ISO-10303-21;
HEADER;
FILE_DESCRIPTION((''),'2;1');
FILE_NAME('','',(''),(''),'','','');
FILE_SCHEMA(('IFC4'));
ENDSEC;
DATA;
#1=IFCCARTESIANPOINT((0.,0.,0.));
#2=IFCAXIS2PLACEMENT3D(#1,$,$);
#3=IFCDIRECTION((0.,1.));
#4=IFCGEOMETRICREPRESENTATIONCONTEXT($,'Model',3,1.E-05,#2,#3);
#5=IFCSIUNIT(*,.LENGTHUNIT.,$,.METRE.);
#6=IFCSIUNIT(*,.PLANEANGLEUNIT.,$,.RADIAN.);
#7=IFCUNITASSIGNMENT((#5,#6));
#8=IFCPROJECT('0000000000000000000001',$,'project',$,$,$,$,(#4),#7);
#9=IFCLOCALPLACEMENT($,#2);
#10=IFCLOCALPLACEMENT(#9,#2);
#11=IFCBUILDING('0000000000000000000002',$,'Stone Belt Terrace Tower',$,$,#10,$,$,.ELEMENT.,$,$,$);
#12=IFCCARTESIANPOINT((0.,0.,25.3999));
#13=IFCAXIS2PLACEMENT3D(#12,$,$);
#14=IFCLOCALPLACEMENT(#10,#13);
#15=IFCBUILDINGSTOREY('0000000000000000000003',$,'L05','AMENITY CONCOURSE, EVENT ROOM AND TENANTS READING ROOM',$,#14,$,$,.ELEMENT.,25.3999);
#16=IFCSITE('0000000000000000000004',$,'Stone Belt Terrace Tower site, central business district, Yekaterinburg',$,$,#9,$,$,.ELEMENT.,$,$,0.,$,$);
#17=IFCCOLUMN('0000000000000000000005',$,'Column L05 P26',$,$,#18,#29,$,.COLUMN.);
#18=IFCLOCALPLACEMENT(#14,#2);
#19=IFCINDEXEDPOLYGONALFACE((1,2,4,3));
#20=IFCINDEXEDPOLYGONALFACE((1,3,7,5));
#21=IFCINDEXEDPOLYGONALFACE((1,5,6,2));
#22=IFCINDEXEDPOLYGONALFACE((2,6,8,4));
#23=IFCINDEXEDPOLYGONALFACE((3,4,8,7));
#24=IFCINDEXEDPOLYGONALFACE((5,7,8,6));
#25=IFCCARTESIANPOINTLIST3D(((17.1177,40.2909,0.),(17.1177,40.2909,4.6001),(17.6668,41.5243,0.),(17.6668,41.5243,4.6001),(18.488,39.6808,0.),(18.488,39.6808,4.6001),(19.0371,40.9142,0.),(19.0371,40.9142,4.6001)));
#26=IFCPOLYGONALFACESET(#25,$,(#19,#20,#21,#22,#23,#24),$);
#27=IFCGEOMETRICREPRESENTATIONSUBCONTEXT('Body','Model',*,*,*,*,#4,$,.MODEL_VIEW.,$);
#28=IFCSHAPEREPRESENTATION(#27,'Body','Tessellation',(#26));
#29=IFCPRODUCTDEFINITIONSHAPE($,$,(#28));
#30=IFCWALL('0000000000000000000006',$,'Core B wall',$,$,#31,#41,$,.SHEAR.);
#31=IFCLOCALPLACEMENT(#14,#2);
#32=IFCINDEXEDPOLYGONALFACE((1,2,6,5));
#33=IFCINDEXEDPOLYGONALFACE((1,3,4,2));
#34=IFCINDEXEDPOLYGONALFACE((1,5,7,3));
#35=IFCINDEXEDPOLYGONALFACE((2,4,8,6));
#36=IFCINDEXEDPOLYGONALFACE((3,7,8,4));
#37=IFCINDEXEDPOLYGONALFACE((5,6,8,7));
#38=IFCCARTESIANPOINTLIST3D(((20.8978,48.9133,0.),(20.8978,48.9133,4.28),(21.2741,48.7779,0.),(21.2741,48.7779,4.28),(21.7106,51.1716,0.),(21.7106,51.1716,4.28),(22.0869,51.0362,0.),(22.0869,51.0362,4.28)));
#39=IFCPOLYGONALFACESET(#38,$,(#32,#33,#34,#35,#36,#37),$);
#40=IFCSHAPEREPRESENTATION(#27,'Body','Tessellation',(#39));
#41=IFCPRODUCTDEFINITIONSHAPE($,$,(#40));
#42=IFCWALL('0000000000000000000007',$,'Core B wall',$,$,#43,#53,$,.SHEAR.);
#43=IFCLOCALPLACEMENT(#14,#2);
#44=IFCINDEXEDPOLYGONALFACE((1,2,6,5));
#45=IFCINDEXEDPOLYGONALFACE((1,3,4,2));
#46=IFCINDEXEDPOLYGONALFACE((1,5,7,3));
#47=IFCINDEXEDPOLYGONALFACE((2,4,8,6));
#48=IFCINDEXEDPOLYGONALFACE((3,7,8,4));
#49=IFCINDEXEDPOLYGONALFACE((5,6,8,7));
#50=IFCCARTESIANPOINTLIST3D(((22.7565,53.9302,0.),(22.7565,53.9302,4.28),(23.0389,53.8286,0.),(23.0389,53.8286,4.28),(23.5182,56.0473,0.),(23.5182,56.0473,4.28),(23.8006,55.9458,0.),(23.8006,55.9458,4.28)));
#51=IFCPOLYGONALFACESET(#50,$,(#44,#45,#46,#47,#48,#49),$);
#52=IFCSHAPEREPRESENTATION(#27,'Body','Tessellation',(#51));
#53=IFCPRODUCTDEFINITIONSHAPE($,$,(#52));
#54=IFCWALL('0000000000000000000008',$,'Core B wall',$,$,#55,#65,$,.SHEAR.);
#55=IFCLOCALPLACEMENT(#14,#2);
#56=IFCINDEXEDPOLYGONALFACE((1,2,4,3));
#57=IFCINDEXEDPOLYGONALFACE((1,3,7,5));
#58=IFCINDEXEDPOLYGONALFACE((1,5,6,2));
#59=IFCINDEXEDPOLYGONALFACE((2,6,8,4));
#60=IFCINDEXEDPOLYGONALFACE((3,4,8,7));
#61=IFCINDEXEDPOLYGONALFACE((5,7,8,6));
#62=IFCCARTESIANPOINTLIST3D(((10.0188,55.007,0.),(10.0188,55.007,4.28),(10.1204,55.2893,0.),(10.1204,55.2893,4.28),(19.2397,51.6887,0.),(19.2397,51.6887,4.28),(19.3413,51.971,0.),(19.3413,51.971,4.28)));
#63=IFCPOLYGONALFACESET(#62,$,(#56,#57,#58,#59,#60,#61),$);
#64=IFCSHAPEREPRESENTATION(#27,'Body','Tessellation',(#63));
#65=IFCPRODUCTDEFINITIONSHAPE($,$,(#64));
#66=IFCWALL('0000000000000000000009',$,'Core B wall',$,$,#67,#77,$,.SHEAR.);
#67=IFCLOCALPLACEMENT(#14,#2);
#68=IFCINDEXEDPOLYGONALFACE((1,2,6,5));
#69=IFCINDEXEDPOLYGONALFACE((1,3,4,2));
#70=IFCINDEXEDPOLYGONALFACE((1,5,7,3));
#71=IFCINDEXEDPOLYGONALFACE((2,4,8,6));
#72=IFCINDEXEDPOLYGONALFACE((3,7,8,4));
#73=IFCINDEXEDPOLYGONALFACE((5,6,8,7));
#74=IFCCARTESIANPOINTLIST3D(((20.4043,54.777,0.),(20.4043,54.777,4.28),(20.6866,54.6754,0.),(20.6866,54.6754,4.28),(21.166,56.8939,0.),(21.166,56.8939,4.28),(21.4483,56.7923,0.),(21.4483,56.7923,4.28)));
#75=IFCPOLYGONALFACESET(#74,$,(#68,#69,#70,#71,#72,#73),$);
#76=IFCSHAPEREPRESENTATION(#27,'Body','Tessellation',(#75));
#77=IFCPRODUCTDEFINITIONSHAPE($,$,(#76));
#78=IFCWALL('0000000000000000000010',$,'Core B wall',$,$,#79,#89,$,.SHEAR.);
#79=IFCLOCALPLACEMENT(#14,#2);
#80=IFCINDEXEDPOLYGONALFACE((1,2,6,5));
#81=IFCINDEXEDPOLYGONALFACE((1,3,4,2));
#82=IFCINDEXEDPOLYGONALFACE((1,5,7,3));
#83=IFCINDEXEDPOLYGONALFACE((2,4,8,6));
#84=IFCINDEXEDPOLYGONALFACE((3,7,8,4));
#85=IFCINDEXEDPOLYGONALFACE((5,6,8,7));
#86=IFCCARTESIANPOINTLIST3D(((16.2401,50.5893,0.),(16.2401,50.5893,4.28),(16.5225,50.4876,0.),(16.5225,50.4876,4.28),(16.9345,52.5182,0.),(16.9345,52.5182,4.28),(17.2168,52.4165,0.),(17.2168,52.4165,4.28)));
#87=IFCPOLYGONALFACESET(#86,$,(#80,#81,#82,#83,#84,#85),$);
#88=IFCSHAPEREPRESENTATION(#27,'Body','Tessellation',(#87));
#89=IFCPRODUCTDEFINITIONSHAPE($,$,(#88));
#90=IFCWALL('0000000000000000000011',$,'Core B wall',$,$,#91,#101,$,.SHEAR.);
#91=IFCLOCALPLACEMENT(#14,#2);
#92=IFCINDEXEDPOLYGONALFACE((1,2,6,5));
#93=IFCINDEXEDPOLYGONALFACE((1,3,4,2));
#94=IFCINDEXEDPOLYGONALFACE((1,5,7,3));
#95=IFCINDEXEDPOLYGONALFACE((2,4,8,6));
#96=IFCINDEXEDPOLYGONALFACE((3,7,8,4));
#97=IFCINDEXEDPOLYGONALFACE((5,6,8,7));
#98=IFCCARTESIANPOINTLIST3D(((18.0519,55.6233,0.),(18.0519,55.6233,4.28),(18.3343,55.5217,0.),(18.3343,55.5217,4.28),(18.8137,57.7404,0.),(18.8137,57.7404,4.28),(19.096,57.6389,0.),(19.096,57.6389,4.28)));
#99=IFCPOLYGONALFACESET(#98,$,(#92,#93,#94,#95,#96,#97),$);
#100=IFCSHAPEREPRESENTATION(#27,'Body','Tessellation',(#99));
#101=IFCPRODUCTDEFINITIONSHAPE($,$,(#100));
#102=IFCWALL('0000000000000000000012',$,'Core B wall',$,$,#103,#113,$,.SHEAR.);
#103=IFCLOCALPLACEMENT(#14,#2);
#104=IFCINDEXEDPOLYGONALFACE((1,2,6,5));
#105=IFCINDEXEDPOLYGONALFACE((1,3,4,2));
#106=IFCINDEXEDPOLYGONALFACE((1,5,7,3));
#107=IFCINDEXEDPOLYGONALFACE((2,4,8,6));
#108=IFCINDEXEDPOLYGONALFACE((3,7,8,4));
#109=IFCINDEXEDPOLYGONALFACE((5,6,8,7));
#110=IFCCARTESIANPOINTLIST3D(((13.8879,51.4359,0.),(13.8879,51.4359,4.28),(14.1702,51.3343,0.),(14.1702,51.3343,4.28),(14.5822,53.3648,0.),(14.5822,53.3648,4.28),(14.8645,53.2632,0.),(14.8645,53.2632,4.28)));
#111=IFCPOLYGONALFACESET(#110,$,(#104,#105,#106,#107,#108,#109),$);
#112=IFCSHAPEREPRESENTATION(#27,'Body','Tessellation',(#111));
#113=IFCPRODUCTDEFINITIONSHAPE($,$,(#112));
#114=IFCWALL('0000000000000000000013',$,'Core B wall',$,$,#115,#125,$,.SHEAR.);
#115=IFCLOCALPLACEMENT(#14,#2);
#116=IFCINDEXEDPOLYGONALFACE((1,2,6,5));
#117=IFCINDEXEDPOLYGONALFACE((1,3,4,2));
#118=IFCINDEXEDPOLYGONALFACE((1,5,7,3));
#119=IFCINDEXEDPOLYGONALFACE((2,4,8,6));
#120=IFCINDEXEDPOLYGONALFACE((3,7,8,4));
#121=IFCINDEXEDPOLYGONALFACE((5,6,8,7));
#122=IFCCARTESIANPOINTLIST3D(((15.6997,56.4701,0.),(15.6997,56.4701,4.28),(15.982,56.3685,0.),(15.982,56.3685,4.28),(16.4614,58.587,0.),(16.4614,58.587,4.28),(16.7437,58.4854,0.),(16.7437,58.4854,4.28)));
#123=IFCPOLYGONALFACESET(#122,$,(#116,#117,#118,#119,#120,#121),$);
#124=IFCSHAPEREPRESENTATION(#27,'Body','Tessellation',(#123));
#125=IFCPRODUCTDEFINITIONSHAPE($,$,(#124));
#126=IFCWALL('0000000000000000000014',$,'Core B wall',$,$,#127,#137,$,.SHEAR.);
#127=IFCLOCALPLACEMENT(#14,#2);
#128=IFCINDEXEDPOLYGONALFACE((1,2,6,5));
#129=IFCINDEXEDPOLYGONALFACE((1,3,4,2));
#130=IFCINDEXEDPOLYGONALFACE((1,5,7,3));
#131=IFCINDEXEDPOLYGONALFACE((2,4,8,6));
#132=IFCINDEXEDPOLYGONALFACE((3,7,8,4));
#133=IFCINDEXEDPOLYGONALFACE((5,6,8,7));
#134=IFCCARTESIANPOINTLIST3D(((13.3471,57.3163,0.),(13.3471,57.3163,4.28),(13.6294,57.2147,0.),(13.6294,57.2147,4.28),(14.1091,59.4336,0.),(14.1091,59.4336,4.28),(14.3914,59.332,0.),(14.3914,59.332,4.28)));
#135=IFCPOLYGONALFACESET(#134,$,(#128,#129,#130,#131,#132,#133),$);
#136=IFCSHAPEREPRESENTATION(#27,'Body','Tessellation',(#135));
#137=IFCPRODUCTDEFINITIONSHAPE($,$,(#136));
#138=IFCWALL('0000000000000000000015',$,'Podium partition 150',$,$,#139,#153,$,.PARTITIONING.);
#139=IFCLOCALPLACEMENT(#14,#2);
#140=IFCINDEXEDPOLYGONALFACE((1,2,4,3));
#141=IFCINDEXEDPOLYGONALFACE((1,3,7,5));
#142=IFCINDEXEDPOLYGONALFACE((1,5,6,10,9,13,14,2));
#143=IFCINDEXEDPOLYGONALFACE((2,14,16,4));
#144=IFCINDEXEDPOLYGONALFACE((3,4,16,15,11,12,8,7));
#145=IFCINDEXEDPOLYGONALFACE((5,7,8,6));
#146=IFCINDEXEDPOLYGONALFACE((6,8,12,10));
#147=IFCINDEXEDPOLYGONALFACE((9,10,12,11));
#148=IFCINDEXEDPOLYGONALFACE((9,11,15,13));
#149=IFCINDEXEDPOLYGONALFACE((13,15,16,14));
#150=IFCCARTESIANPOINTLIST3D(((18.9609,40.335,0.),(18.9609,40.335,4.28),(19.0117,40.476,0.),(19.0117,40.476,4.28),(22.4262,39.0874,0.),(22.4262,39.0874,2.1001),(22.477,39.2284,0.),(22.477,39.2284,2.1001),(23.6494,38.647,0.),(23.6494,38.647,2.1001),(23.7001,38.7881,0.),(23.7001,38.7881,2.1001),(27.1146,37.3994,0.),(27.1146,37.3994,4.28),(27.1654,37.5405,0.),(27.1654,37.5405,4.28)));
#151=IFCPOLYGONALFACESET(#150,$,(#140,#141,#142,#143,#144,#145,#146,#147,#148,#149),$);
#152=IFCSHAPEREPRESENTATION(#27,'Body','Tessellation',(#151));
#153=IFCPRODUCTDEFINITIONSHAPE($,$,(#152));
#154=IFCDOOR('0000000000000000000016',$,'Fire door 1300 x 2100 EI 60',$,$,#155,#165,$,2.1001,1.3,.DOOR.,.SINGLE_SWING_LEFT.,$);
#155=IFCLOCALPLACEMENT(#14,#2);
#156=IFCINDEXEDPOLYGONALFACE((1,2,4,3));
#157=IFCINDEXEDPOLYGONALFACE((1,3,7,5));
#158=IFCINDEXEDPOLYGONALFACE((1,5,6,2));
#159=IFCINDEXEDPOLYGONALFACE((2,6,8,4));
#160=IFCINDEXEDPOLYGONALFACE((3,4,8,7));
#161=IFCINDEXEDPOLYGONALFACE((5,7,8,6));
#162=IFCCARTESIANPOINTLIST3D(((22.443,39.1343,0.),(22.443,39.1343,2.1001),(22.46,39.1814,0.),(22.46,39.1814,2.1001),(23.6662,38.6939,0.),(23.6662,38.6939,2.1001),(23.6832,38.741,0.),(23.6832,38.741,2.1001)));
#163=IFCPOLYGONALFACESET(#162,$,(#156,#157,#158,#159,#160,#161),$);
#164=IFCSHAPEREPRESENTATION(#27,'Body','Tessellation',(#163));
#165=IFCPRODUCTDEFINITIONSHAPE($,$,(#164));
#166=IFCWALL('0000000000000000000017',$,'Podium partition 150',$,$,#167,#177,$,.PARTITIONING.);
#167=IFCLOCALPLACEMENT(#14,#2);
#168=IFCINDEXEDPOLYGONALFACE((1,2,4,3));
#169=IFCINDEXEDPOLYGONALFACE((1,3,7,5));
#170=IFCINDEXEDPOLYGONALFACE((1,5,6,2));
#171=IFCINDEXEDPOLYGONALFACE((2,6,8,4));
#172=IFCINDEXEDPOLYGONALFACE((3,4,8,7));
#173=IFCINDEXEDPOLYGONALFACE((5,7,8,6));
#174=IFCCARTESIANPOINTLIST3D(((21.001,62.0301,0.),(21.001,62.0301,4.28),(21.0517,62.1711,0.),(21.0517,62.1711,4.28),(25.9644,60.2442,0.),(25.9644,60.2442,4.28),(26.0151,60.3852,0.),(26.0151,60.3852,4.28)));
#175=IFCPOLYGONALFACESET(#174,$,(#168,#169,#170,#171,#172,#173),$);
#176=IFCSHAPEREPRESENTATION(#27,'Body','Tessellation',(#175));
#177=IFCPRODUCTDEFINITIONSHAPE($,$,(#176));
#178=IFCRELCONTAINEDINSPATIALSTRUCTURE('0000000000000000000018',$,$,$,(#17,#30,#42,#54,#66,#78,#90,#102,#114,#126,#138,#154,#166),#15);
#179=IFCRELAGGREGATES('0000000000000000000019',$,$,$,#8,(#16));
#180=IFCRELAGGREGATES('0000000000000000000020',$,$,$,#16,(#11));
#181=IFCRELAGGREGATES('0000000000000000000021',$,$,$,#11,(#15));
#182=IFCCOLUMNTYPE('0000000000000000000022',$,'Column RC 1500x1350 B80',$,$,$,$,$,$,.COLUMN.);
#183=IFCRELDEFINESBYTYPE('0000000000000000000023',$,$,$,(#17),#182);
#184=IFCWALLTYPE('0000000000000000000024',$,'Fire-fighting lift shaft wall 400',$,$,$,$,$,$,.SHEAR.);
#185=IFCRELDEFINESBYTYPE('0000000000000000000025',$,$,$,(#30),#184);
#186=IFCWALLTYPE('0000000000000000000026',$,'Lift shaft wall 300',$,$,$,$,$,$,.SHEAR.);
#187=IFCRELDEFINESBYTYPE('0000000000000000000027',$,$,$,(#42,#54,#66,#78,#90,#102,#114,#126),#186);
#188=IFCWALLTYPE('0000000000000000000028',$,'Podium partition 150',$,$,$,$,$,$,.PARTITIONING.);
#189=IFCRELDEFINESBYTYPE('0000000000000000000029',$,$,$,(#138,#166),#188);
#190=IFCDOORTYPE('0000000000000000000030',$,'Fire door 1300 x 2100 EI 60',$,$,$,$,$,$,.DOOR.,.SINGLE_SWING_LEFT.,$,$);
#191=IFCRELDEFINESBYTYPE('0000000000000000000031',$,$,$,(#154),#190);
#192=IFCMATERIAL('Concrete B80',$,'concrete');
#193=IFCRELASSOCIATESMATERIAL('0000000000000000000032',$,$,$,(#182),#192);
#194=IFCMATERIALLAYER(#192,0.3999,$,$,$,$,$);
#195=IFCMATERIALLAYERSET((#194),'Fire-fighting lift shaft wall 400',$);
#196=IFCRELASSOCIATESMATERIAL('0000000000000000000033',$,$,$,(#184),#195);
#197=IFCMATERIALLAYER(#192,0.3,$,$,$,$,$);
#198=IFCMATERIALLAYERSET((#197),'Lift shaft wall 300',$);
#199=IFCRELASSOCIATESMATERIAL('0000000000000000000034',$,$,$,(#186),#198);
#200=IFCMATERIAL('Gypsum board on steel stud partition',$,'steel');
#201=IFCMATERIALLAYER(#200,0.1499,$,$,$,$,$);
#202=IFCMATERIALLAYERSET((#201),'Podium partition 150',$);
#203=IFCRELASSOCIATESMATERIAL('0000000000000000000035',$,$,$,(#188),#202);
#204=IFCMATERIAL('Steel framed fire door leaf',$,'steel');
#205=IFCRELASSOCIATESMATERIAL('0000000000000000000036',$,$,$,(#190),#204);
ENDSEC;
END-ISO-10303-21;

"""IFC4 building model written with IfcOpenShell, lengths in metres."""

from ifc_helpers import new_model, si_unit, direction, frame, frame_2d, origin, origin_2d, place, context, subcontext, project, spatial, rectangle, extrude, material, layer, layer_set, material_profile, profile_set, type_object, element, fill, save


model = new_model("IFC4")

# Units and contexts
model_context = context("Model", 3, precision=1e-05, world=origin(), true_north=direction((0.0, 1.0)))
body_context = subcontext(model_context, "Body", "Model", "MODEL_VIEW")
ifc_project = project(units=[si_unit("LENGTHUNIT", "METRE"), si_unit("PLANEANGLEUNIT", "RADIAN")], contexts=[model_context])

# Site, building, storey
site_placement = place(None, origin())
site = spatial("IfcSite", under=ifc_project, at=site_placement, Name="Stone Belt Terrace Tower site, central business district, Yekaterinburg", CompositionType="ELEMENT", RefElevation=0.0)
building_placement = place(site_placement, origin())
building = spatial("IfcBuilding", under=site, at=building_placement, Name="Stone Belt Terrace Tower", CompositionType="ELEMENT")
storey_placement = place(building_placement, frame((0.0, 0.0, 25.3999)))
storey = spatial("IfcBuildingStorey", under=building, at=storey_placement, Name="L05", Description="AMENITY CONCOURSE, EVENT ROOM AND TENANTS READING ROOM", CompositionType="ELEMENT", Elevation=25.3999)

# Column
ifc_material_1 = material(Name="Concrete B80", Category="concrete")
ifc_material_profile = material_profile(ifc_material_1, rectangle(XDim=1.5, YDim=1.3501, at=origin_2d()), Name="RC 1500x1350")
ifc_profile_set = profile_set([ifc_material_profile], Name="Concrete B80")
column_type = type_object("IfcColumnType", Name="Column RC 1500x1350 B80", PredefinedType="COLUMN", material=ifc_profile_set)
column_placement = place(storey_placement, frame((18.0774, 40.6025, 0.0), z_axis=(0.0, 0.0, 1.0), x_axis=(0.913545, -0.406737, 0.0)))
element("IfcColumn", 1, at=column_placement, inside=storey, type_object=column_type, Name="Column L05 P26", PredefinedType="COLUMN", context=body_context, shape_type="SweptSolid", body=[
    extrude(rectangle(XDim=1.5, YDim=1.3501, at=origin_2d()), origin(), (0.0, 0.0, 1.0), 4.6001),
])

# Walls
ifc_layer_1 = layer(ifc_material_1, 0.3999)
ifc_layer_set_1 = layer_set([ifc_layer_1], Name="Fire-fighting lift shaft wall 400")
wall_type_1 = type_object("IfcWallType", Name="Fire-fighting lift shaft wall 400", PredefinedType="SHEAR", material=ifc_layer_set_1)
wall_1_placement = place(storey_placement, frame((21.0859, 48.8455, 0.0), z_axis=(0.0, 0.0, 1.0), x_axis=(0.338629, 0.94092, 0.0)))
element("IfcWall", 2, at=wall_1_placement, inside=storey, type_object=wall_type_1, Name="Core B wall", PredefinedType="SHEAR", context=body_context, shape_type="SweptSolid", body=[
    extrude(rectangle(XDim=2.4001, YDim=0.3999, at=frame_2d((1.2002, 0.0))), origin(), (0.0, 0.0, 1.0), 4.28),
])
ifc_layer_2 = layer(ifc_material_1, 0.3)
ifc_layer_set_2 = layer_set([ifc_layer_2], Name="Lift shaft wall 300")
wall_type_2 = type_object("IfcWallType", Name="Lift shaft wall 300", PredefinedType="SHEAR", material=ifc_layer_set_2)
wall_2_placement = place(storey_placement, frame((22.8977, 53.8794, 0.0), z_axis=(0.0, 0.0, 1.0), x_axis=(0.338535, 0.940954, 0.0)))
element("IfcWall", 3, at=wall_2_placement, inside=storey, type_object=wall_type_2, Name="Core B wall", PredefinedType="SHEAR", context=body_context, shape_type="SweptSolid", body=[
    extrude(rectangle(XDim=2.25, YDim=0.3, at=frame_2d((1.125, 0.0))), origin(), (0.0, 0.0, 1.0), 4.28),
])
wall_3_placement = place(storey_placement, frame((19.2905, 51.8298, 0.0), z_axis=(0.0, 0.0, 1.0), x_axis=(-0.940926, 0.338613, 0.0)))
element("IfcWall", 4, at=wall_3_placement, inside=storey, type_object=wall_type_2, Name="Core B wall", PredefinedType="SHEAR", context=body_context, shape_type="SweptSolid", body=[
    extrude(rectangle(XDim=9.7998, YDim=0.3, at=frame_2d((4.8999, 0.0))), origin(), (0.0, 0.0, 1.0), 4.28),
])
wall_4_placement = place(storey_placement, frame((20.5454, 54.7261, 0.0), z_axis=(0.0, 0.0, 1.0), x_axis=(0.33857, 0.940941, 0.0)))
element("IfcWall", 5, at=wall_4_placement, inside=storey, type_object=wall_type_2, Name="Core B wall", PredefinedType="SHEAR", context=body_context, shape_type="SweptSolid", body=[
    extrude(rectangle(XDim=2.2498, YDim=0.3, at=frame_2d((1.125, 0.0))), origin(), (0.0, 0.0, 1.0), 4.28),
])
wall_5_placement = place(storey_placement, frame((16.3813, 50.5386, 0.0), z_axis=(0.0, 0.0, 1.0), x_axis=(0.338682, 0.940901, 0.0)))
element("IfcWall", 6, at=wall_5_placement, inside=storey, type_object=wall_type_2, Name="Core B wall", PredefinedType="SHEAR", context=body_context, shape_type="SweptSolid", body=[
    extrude(rectangle(XDim=2.05, YDim=0.3, at=frame_2d((1.0249, 0.0))), origin(), (0.0, 0.0, 1.0), 4.28),
])
wall_6_placement = place(storey_placement, frame((18.1931, 55.5725, 0.0), z_axis=(0.0, 0.0, 1.0), x_axis=(0.338535, 0.940954, 0.0)))
element("IfcWall", 7, at=wall_6_placement, inside=storey, type_object=wall_type_2, Name="Core B wall", PredefinedType="SHEAR", context=body_context, shape_type="SweptSolid", body=[
    extrude(rectangle(XDim=2.25, YDim=0.3, at=frame_2d((1.125, 0.0))), origin(), (0.0, 0.0, 1.0), 4.28),
])
wall_7_placement = place(storey_placement, frame((14.0291, 51.3853, 0.0), z_axis=(0.0, 0.0, 1.0), x_axis=(0.338682, 0.940901, 0.0)))
element("IfcWall", 8, at=wall_7_placement, inside=storey, type_object=wall_type_2, Name="Core B wall", PredefinedType="SHEAR", context=body_context, shape_type="SweptSolid", body=[
    extrude(rectangle(XDim=2.05, YDim=0.3, at=frame_2d((1.0249, 0.0))), origin(), (0.0, 0.0, 1.0), 4.28),
])
wall_8_placement = place(storey_placement, frame((15.8408, 56.4192, 0.0), z_axis=(0.0, 0.0, 1.0), x_axis=(0.33857, 0.940941, 0.0)))
element("IfcWall", 9, at=wall_8_placement, inside=storey, type_object=wall_type_2, Name="Core B wall", PredefinedType="SHEAR", context=body_context, shape_type="SweptSolid", body=[
    extrude(rectangle(XDim=2.2498, YDim=0.3, at=frame_2d((1.125, 0.0))), origin(), (0.0, 0.0, 1.0), 4.28),
])
wall_9_placement = place(storey_placement, frame((13.4883, 57.2656, 0.0), z_axis=(0.0, 0.0, 1.0), x_axis=(0.338631, 0.940919, 0.0)))
element("IfcWall", 10, at=wall_9_placement, inside=storey, type_object=wall_type_2, Name="Core B wall", PredefinedType="SHEAR", context=body_context, shape_type="SweptSolid", body=[
    extrude(rectangle(XDim=2.2502, YDim=0.3, at=frame_2d((1.125, 0.0))), origin(), (0.0, 0.0, 1.0), 4.28),
])

# Wall, opening, door
ifc_material_2 = material(Name="Gypsum board on steel stud partition", Category="steel")
ifc_layer_3 = layer(ifc_material_2, 0.1499)
ifc_layer_set_3 = layer_set([ifc_layer_3], Name="Podium partition 150")
wall_type_3 = type_object("IfcWallType", Name="Podium partition 150", PredefinedType="PARTITIONING", material=ifc_layer_set_3)
wall_10_placement = place(storey_placement, frame((18.9863, 40.4055, 0.0), z_axis=(0.0, 0.0, 1.0), x_axis=(0.940878, -0.338746, 0.0)))
wall_10 = element("IfcWall", 11, at=wall_10_placement, inside=storey, type_object=wall_type_3, Name="Podium partition 150", PredefinedType="PARTITIONING", context=body_context, shape_type="SweptSolid", body=[
    extrude(rectangle(XDim=8.666, YDim=0.1499, at=frame_2d((4.333, 0.0))), origin(), (0.0, 0.0, 1.0), 4.28),
])
opening_1_placement = place(wall_10_placement, frame((3.6831, 0.0, 0.0)))
opening_1 = element("IfcOpeningElement", 12, at=opening_1_placement, cuts=wall_10, PredefinedType="OPENING", context=body_context, shape_type="SweptSolid", body=[
    extrude(rectangle(XDim=1.3, YDim=2.1001, at=frame_2d((0.6499, 1.05))), frame((0.0, 0.085, 0.0), z_axis=(0.0, -1.0, 0.0), x_axis=(1.0, 0.0, 0.0)), (0.0, 0.0, 1.0), 0.1699),
])
ifc_material_3 = material(Name="Steel framed fire door leaf", Category="steel")
door_type_1 = type_object("IfcDoorType", Name="Fire door 1300 x 2100 EI 60", OperationType="SINGLE_SWING_LEFT", PredefinedType="DOOR", material=ifc_material_3)
door_1_placement = place(opening_1_placement, origin())
door_1 = element("IfcDoor", 13, at=door_1_placement, inside=storey, type_object=door_type_1, Name="Fire door 1300 x 2100 EI 60", OperationType="SINGLE_SWING_LEFT", OverallHeight=2.1001, OverallWidth=1.3, PredefinedType="DOOR", context=body_context, shape_type="SweptSolid", body=[
    extrude(rectangle(XDim=1.3, YDim=2.1001, at=frame_2d((0.6499, 1.05))), frame((0.0, 0.0249, 0.0), z_axis=(0.0, -1.0, 0.0), x_axis=(1.0, 0.0, 0.0)), (0.0, 0.0, 1.0), 0.05),
])
fill(opening_1, door_1)

# Wall
wall_11_placement = place(storey_placement, frame((21.0264, 62.1006, 0.0), z_axis=(0.0, 0.0, 1.0), x_axis=(0.940943, -0.338564, 0.0)))
element("IfcWall", 14, at=wall_11_placement, inside=storey, type_object=wall_type_3, Name="Podium partition 150", PredefinedType="PARTITIONING", context=body_context, shape_type="SweptSolid", body=[
    extrude(rectangle(XDim=5.2749, YDim=0.1499, at=frame_2d((2.6375, 0.0))), origin(), (0.0, 0.0, 1.0), 4.28),
])

save(model, "model.ifc")
